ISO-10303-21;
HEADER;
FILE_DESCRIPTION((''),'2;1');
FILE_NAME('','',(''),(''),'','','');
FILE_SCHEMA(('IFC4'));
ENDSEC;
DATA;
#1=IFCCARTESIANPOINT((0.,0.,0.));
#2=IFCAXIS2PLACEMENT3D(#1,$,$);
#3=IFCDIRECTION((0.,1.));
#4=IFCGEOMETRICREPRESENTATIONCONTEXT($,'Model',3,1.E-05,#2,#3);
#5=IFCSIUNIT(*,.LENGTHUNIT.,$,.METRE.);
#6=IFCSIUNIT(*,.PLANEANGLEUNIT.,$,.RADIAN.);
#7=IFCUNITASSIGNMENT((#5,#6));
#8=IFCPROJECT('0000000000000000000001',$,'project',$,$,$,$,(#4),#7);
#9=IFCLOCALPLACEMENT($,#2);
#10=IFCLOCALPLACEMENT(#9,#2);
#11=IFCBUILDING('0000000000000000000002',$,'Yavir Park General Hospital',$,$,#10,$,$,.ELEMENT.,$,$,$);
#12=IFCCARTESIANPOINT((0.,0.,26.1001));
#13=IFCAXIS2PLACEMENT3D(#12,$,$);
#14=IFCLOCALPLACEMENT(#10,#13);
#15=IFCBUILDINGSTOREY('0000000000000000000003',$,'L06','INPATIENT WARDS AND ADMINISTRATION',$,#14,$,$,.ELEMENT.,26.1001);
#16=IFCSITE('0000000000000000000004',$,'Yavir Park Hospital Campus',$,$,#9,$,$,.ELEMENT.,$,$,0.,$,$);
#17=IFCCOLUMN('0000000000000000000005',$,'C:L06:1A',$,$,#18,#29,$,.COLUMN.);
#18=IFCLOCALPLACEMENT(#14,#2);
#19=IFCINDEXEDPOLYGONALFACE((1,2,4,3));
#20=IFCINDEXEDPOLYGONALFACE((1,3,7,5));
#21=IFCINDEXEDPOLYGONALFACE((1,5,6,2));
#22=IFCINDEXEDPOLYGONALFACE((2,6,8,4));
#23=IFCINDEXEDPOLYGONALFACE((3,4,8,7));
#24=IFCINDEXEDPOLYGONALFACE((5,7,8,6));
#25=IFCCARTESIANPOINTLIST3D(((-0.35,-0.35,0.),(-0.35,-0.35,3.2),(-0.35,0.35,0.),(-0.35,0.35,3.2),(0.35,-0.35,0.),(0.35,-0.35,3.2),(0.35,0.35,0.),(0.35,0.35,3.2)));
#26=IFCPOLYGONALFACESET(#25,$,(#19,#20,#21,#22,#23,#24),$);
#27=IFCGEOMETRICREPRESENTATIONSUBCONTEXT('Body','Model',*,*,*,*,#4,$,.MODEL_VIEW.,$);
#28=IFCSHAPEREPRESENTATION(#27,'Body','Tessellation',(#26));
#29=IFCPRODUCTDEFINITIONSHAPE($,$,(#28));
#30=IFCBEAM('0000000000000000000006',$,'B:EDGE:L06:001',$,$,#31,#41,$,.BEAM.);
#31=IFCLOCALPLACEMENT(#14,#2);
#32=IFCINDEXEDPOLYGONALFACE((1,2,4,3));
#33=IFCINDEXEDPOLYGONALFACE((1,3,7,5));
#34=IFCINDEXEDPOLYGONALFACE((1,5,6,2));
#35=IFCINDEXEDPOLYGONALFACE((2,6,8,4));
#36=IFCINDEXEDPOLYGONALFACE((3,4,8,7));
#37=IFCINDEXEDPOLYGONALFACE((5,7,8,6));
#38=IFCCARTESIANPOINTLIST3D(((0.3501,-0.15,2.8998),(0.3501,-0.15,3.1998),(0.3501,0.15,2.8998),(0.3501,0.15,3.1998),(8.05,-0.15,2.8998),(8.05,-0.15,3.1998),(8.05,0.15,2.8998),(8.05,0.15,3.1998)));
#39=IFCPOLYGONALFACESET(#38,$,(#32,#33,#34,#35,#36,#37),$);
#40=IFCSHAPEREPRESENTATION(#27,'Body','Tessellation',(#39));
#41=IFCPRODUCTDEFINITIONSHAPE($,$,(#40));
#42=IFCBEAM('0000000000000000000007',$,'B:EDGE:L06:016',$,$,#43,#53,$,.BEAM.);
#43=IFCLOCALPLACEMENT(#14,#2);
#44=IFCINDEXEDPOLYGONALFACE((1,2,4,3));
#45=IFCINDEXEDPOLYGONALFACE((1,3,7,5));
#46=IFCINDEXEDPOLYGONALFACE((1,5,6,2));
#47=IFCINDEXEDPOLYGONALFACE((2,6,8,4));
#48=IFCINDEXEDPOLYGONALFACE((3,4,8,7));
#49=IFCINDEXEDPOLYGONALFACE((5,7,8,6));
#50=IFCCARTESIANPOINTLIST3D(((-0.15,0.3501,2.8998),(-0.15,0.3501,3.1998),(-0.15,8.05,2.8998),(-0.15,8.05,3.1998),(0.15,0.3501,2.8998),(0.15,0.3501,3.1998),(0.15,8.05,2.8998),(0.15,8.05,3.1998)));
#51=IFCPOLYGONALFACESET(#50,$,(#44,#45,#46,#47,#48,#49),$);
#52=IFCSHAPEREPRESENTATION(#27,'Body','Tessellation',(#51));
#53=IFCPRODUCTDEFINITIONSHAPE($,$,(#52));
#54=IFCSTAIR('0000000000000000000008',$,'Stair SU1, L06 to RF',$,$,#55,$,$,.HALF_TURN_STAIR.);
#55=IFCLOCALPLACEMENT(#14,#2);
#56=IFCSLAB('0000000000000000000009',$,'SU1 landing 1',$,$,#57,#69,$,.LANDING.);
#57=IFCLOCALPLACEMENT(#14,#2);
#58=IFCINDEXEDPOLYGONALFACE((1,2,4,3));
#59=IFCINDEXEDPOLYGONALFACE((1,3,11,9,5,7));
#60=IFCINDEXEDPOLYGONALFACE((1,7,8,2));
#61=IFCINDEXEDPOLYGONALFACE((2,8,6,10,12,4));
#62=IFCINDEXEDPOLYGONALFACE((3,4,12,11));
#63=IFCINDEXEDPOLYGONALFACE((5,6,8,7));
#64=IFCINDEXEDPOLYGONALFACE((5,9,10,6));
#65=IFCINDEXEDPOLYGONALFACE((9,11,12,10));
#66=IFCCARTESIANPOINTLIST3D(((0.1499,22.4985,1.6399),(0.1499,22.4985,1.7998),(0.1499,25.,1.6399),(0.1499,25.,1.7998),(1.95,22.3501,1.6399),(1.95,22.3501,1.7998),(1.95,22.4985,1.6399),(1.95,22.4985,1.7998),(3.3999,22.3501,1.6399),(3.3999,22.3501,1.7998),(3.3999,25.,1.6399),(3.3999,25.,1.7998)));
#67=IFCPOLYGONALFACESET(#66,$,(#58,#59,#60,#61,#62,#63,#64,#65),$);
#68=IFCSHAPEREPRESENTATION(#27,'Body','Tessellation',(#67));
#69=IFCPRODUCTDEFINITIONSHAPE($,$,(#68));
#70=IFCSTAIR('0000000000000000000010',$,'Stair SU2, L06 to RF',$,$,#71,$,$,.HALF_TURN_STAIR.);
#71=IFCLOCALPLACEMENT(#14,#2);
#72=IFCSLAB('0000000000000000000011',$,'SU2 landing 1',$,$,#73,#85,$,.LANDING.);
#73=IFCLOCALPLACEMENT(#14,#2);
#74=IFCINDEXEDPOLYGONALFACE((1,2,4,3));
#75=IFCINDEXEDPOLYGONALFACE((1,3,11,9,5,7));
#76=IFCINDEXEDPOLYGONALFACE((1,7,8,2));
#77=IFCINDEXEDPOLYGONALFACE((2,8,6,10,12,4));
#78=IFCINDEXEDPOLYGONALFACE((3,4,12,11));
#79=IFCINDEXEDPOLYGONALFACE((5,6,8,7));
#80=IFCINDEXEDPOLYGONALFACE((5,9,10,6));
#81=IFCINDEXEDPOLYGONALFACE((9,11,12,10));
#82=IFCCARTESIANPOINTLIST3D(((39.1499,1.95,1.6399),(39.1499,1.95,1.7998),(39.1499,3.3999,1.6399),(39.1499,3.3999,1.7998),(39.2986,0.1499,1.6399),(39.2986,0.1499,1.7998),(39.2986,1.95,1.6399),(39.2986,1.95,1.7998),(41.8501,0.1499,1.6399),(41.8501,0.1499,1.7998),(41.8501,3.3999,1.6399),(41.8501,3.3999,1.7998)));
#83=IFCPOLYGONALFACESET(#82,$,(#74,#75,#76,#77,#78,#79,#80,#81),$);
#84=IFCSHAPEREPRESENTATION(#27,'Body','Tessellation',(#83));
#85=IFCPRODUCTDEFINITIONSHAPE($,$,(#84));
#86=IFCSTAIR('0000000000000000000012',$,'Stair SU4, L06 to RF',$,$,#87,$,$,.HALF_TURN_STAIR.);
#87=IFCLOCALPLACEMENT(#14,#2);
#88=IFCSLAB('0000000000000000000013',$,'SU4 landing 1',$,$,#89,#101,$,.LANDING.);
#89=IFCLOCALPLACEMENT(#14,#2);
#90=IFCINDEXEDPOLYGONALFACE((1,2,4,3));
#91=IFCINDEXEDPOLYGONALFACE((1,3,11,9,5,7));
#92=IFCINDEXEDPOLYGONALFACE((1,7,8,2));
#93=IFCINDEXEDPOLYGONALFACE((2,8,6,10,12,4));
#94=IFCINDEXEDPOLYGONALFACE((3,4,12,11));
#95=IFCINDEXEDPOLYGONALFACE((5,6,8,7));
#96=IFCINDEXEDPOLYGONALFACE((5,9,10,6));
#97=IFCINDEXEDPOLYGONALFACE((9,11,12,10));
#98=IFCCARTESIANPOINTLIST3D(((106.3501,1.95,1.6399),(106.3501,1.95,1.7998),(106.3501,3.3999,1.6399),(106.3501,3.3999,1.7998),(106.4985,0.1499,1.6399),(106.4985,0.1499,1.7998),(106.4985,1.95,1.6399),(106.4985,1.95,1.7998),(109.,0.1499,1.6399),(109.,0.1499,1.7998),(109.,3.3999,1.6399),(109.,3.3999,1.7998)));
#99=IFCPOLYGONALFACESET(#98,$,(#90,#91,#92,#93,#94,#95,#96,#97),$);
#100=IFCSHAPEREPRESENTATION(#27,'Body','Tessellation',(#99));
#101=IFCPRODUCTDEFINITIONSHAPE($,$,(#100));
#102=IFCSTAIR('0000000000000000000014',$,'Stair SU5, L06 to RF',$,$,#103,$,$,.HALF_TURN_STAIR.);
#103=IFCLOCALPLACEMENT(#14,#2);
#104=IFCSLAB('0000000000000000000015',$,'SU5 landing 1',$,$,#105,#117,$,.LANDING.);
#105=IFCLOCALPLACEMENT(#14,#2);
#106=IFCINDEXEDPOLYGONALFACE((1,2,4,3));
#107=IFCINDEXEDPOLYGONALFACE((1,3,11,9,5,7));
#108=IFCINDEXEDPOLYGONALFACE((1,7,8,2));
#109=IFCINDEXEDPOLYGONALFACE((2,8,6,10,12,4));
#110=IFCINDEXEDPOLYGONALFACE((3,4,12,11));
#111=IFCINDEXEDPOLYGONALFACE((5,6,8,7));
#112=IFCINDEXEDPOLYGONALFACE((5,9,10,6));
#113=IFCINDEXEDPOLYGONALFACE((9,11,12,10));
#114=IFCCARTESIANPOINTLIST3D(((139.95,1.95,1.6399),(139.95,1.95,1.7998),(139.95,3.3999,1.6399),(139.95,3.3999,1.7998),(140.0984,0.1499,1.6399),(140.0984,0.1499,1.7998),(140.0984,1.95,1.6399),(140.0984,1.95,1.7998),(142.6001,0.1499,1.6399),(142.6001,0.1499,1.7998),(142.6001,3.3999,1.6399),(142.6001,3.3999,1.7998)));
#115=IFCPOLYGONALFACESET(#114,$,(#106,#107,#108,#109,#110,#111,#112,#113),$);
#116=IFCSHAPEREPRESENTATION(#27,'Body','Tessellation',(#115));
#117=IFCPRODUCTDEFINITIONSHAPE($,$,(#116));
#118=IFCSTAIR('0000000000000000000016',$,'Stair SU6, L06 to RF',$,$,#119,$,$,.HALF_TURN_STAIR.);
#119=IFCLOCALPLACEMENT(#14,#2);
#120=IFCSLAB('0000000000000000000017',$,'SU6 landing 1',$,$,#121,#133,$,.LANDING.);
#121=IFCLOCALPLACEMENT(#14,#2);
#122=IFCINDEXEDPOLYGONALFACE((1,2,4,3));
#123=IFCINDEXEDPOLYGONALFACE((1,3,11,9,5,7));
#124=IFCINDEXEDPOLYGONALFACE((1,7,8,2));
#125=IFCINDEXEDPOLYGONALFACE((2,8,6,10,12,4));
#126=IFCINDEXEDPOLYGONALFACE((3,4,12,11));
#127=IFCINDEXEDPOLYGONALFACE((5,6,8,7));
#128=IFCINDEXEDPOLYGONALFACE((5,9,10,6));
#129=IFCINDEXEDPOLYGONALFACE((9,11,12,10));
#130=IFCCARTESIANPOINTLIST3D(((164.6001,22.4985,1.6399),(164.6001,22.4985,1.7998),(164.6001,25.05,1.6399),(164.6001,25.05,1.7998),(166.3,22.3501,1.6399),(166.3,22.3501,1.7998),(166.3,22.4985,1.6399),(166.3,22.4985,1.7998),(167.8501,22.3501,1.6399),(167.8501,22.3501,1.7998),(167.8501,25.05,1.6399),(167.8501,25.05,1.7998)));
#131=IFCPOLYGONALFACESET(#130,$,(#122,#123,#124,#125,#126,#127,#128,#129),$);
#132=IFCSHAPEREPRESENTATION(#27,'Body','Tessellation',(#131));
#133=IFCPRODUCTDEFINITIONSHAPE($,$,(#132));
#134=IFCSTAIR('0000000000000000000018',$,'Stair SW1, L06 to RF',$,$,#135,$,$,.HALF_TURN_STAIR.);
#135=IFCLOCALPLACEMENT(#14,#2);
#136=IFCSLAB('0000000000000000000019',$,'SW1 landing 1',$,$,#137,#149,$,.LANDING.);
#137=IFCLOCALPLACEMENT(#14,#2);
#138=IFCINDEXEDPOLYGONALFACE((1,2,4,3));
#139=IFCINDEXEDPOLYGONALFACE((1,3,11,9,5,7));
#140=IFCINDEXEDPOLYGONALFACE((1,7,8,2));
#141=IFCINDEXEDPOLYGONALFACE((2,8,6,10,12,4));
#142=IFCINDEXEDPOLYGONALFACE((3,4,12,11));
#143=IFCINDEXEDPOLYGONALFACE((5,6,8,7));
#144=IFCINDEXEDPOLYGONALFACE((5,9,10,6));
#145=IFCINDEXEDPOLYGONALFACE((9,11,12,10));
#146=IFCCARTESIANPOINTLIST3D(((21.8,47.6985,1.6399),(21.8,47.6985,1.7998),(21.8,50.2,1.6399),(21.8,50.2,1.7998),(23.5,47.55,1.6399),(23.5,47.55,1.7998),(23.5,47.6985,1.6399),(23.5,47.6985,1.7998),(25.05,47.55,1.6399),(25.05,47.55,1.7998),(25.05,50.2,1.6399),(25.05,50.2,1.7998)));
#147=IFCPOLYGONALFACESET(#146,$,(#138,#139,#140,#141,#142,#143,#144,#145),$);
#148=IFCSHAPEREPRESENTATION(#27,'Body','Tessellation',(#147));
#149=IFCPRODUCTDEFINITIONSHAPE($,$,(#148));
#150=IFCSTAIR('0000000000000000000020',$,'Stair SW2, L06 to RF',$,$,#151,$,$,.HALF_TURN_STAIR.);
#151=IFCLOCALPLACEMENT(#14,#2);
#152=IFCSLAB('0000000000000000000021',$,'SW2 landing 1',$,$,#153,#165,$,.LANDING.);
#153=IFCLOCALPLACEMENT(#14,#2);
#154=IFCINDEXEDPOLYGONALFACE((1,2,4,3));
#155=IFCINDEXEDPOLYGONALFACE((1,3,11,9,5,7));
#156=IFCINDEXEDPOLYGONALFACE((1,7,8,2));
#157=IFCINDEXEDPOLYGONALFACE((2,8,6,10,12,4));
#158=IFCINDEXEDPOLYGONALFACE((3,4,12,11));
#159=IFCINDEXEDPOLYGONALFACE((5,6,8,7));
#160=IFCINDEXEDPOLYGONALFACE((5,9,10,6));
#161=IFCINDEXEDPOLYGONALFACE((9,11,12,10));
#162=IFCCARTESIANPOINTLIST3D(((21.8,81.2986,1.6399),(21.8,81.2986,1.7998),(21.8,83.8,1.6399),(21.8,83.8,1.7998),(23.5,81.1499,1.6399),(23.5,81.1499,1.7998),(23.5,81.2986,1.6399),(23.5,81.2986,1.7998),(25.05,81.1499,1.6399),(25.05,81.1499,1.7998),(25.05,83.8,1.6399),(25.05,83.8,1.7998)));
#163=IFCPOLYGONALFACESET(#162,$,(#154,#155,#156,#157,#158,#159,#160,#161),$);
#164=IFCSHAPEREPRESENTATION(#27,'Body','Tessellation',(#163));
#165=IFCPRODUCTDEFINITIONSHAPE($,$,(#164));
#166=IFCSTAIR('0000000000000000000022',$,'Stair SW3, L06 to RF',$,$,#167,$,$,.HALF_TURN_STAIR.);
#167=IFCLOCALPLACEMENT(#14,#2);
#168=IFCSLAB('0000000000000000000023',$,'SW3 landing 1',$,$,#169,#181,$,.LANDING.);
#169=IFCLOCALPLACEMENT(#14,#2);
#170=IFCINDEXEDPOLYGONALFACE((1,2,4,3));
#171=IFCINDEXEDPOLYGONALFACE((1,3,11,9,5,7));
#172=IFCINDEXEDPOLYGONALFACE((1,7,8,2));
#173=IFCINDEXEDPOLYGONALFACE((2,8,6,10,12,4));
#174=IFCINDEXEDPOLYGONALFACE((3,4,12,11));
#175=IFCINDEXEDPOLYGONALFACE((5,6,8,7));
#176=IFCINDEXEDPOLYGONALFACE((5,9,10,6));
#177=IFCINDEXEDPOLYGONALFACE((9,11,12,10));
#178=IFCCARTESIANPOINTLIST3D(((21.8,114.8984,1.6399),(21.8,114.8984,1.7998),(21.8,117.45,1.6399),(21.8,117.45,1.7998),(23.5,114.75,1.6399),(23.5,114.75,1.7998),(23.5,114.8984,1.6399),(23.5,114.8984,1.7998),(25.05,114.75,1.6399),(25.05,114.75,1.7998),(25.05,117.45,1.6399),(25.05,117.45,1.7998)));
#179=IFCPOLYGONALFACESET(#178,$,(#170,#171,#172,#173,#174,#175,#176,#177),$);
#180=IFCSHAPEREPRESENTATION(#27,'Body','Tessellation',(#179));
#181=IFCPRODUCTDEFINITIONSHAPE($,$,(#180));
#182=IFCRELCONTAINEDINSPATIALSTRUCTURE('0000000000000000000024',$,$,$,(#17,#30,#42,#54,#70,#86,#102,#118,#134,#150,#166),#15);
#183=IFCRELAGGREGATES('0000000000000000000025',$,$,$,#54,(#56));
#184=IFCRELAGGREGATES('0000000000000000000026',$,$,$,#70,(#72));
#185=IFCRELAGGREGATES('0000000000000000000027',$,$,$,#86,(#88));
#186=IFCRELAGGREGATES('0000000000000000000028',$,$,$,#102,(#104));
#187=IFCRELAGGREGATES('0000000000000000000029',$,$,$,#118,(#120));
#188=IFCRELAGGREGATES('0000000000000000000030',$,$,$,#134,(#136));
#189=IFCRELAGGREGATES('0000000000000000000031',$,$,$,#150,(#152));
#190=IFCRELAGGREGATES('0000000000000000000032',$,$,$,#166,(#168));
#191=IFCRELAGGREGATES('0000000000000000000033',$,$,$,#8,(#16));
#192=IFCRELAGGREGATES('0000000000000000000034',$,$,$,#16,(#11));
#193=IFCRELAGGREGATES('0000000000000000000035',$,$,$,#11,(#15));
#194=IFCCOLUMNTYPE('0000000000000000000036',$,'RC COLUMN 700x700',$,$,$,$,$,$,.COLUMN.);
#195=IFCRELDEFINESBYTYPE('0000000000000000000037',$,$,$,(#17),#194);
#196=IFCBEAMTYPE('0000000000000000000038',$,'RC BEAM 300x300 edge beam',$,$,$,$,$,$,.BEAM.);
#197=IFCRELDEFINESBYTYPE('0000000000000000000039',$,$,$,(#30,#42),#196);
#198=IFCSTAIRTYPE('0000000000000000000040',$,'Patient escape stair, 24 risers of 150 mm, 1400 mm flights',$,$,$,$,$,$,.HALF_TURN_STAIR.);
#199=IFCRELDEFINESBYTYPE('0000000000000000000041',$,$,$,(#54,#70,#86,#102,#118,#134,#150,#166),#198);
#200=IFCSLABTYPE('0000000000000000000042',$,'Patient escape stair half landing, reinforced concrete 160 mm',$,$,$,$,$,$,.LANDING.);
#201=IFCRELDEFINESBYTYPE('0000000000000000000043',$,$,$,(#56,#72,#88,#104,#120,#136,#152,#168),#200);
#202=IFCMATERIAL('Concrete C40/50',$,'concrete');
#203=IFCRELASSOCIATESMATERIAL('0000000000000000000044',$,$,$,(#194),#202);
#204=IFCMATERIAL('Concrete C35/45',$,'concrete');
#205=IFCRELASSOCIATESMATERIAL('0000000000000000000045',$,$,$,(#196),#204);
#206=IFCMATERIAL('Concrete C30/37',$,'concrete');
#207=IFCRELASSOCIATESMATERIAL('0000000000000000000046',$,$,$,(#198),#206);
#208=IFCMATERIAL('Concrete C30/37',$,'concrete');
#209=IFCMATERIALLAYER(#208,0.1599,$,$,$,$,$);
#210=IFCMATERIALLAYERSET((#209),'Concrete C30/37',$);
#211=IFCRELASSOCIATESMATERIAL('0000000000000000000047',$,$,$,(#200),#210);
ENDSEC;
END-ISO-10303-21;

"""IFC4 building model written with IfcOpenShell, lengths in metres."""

from ifc_helpers import new_model, si_unit, direction, frame, origin, origin_with_axes, origin_2d, place, context, subcontext, project, spatial, polyline, rectangle, outline, extrude, material, layer, layer_set, material_profile, profile_set, type_object, element, aggregate, save


model = new_model("IFC4")

# Units and contexts
model_context = context("Model", 3, precision=1e-05, world=origin(), true_north=direction((0.0, 1.0)))
body_context = subcontext(model_context, "Body", "Model", "MODEL_VIEW")
ifc_project = project(units=[si_unit("LENGTHUNIT", "METRE"), si_unit("PLANEANGLEUNIT", "RADIAN")], contexts=[model_context])

# Site, building, storey
site_placement = place(None, origin())
site = spatial("IfcSite", under=ifc_project, at=site_placement, Name="Yavir Park Hospital Campus", CompositionType="ELEMENT", RefElevation=0.0)
building_placement = place(site_placement, origin())
building = spatial("IfcBuilding", under=site, at=building_placement, Name="Yavir Park General Hospital", CompositionType="ELEMENT")
storey_placement = place(building_placement, frame((0.0, 0.0, 26.1001)))
storey = spatial("IfcBuildingStorey", under=building, at=storey_placement, Name="L06", Description="INPATIENT WARDS AND ADMINISTRATION", CompositionType="ELEMENT", Elevation=26.1001)

# Column
ifc_material_1 = material(Name="Concrete C40/50", Category="concrete")
ifc_material_profile_1 = material_profile(ifc_material_1, rectangle(XDim=0.7, YDim=0.7, at=origin_2d()), Name="RC700x700")
ifc_profile_set_1 = profile_set([ifc_material_profile_1], Name="Concrete C40/50")
column_type = type_object("IfcColumnType", Name="RC COLUMN 700x700", PredefinedType="COLUMN", material=ifc_profile_set_1)
column_placement = place(storey_placement, origin_with_axes())
element("IfcColumn", 1, at=column_placement, inside=storey, type_object=column_type, Name="C:L06:1A", PredefinedType="COLUMN", context=body_context, shape_type="SweptSolid", body=[
    extrude(rectangle(XDim=0.7, YDim=0.7, at=origin_2d()), origin(), (0.0, 0.0, 1.0), 3.2),
])

# Beams
ifc_material_2 = material(Name="Concrete C35/45", Category="concrete")
ifc_material_profile_2 = material_profile(ifc_material_2, rectangle(XDim=0.3, YDim=0.3, at=origin_2d()), Name="RC300x300")
ifc_profile_set_2 = profile_set([ifc_material_profile_2], Name="Concrete C35/45")
beam_type = type_object("IfcBeamType", Name="RC BEAM 300x300 edge beam", PredefinedType="BEAM", material=ifc_profile_set_2)
for number, where, z_axis, x_axis, name in (
    (2, (0.3501, 0.0, 3.0498), (1.0, 0.0, 0.0), (0.0, 1.0, 0.0), "B:EDGE:L06:001"),
    (3, (0.0, 0.3501, 3.0498), (0.0, 1.0, 0.0), (-1.0, 0.0, 0.0), "B:EDGE:L06:016"),
):
    element("IfcBeam", number, at=place(storey_placement, frame(where, z_axis=z_axis, x_axis=x_axis)), inside=storey, type_object=beam_type, Name=name, PredefinedType="BEAM", context=body_context, shape_type="SweptSolid", body=[
        extrude(rectangle(XDim=0.3, YDim=0.3, at=origin_2d()), origin(), (0.0, 0.0, 1.0), 7.7),
    ])

# Stairs, slabs
ifc_material_3 = material(Name="Concrete C30/37", Category="concrete")
stair_type = type_object("IfcStairType", Name="Patient escape stair, 24 risers of 150 mm, 1400 mm flights", PredefinedType="HALF_TURN_STAIR", material=ifc_material_3)
stair_1_placement = place(storey_placement, origin())
stair_1 = element("IfcStair", 4, at=stair_1_placement, inside=storey, type_object=stair_type, Name="Stair SU1, L06 to RF", PredefinedType="HALF_TURN_STAIR")
ifc_material_4 = material(Name="Concrete C30/37", Category="concrete")
ifc_layer_1 = layer(ifc_material_4, 0.1599)
ifc_layer_set_1 = layer_set([ifc_layer_1], Name="Concrete C30/37")
slab_type_1 = type_object("IfcSlabType", Name="Patient escape stair half landing, reinforced concrete 160 mm", PredefinedType="LANDING", material=ifc_layer_set_1)
slab_1_placement = place(storey_placement, frame((0.0, 0.0, 1.6399)))
slab_1 = element("IfcSlab", 5, at=slab_1_placement, type_object=slab_type_1, Name="SU1 landing 1", PredefinedType="LANDING", context=body_context, shape_type="SweptSolid", body=[
    extrude(outline(polyline([(0.1499, 22.4985), (0.1499, 25.0), (3.3999, 25.0), (3.3999, 22.3501), (1.95, 22.3501), (1.95, 22.4985), (0.1499, 22.4985)])), origin(), (0.0, 0.0, 1.0), 0.1599),
])
aggregate(stair_1, [slab_1])
stair_2_placement = place(storey_placement, origin())
stair_2 = element("IfcStair", 6, at=stair_2_placement, inside=storey, type_object=stair_type, Name="Stair SU2, L06 to RF", PredefinedType="HALF_TURN_STAIR")
slab_2_placement = place(storey_placement, frame((0.0, 0.0, 1.6399)))
slab_2 = element("IfcSlab", 7, at=slab_2_placement, type_object=slab_type_1, Name="SU2 landing 1", PredefinedType="LANDING", context=body_context, shape_type="SweptSolid", body=[
    extrude(outline(polyline([(39.2986, 0.1499), (41.8501, 0.1499), (41.8501, 3.3999), (39.1499, 3.3999), (39.1499, 1.95), (39.2986, 1.95), (39.2986, 0.1499)])), origin(), (0.0, 0.0, 1.0), 0.1599),
])
aggregate(stair_2, [slab_2])
stair_3_placement = place(storey_placement, origin())
stair_3 = element("IfcStair", 8, at=stair_3_placement, inside=storey, type_object=stair_type, Name="Stair SU4, L06 to RF", PredefinedType="HALF_TURN_STAIR")
slab_3_placement = place(storey_placement, frame((0.0, 0.0, 1.6399)))
slab_3 = element("IfcSlab", 9, at=slab_3_placement, type_object=slab_type_1, Name="SU4 landing 1", PredefinedType="LANDING", context=body_context, shape_type="SweptSolid", body=[
    extrude(outline(polyline([(106.4985, 0.1499), (109.0, 0.1499), (109.0, 3.3999), (106.3501, 3.3999), (106.3501, 1.95), (106.4985, 1.95), (106.4985, 0.1499)])), origin(), (0.0, 0.0, 1.0), 0.1599),
])
aggregate(stair_3, [slab_3])
stair_4_placement = place(storey_placement, origin())
stair_4 = element("IfcStair", 10, at=stair_4_placement, inside=storey, type_object=stair_type, Name="Stair SU5, L06 to RF", PredefinedType="HALF_TURN_STAIR")
slab_4_placement = place(storey_placement, frame((0.0, 0.0, 1.6399)))
slab_4 = element("IfcSlab", 11, at=slab_4_placement, type_object=slab_type_1, Name="SU5 landing 1", PredefinedType="LANDING", context=body_context, shape_type="SweptSolid", body=[
    extrude(outline(polyline([(140.0984, 0.1499), (142.6001, 0.1499), (142.6001, 3.3999), (139.95, 3.3999), (139.95, 1.95), (140.0984, 1.95), (140.0984, 0.1499)])), origin(), (0.0, 0.0, 1.0), 0.1599),
])
aggregate(stair_4, [slab_4])
stair_5_placement = place(storey_placement, origin())
stair_5 = element("IfcStair", 12, at=stair_5_placement, inside=storey, type_object=stair_type, Name="Stair SU6, L06 to RF", PredefinedType="HALF_TURN_STAIR")
slab_5_placement = place(storey_placement, frame((0.0, 0.0, 1.6399)))
slab_5 = element("IfcSlab", 13, at=slab_5_placement, type_object=slab_type_1, Name="SU6 landing 1", PredefinedType="LANDING", context=body_context, shape_type="SweptSolid", body=[
    extrude(outline(polyline([(164.6001, 22.4985), (164.6001, 25.05), (167.8501, 25.05), (167.8501, 22.3501), (166.3, 22.3501), (166.3, 22.4985), (164.6001, 22.4985)])), origin(), (0.0, 0.0, 1.0), 0.1599),
])
aggregate(stair_5, [slab_5])
stair_6_placement = place(storey_placement, origin())
stair_6 = element("IfcStair", 14, at=stair_6_placement, inside=storey, type_object=stair_type, Name="Stair SW1, L06 to RF", PredefinedType="HALF_TURN_STAIR")
slab_6_placement = place(storey_placement, frame((0.0, 0.0, 1.6399)))
slab_6 = element("IfcSlab", 15, at=slab_6_placement, type_object=slab_type_1, Name="SW1 landing 1", PredefinedType="LANDING", context=body_context, shape_type="SweptSolid", body=[
    extrude(outline(polyline([(21.8, 47.6985), (21.8, 50.2), (25.05, 50.2), (25.05, 47.55), (23.5, 47.55), (23.5, 47.6985), (21.8, 47.6985)])), origin(), (0.0, 0.0, 1.0), 0.1599),
])
aggregate(stair_6, [slab_6])
stair_7_placement = place(storey_placement, origin())
stair_7 = element("IfcStair", 16, at=stair_7_placement, inside=storey, type_object=stair_type, Name="Stair SW2, L06 to RF", PredefinedType="HALF_TURN_STAIR")
slab_7_placement = place(storey_placement, frame((0.0, 0.0, 1.6399)))
slab_7 = element("IfcSlab", 17, at=slab_7_placement, type_object=slab_type_1, Name="SW2 landing 1", PredefinedType="LANDING", context=body_context, shape_type="SweptSolid", body=[
    extrude(outline(polyline([(21.8, 81.2986), (21.8, 83.8), (25.05, 83.8), (25.05, 81.1499), (23.5, 81.1499), (23.5, 81.2986), (21.8, 81.2986)])), origin(), (0.0, 0.0, 1.0), 0.1599),
])
aggregate(stair_7, [slab_7])
stair_8_placement = place(storey_placement, origin())
stair_8 = element("IfcStair", 18, at=stair_8_placement, inside=storey, type_object=stair_type, Name="Stair SW3, L06 to RF", PredefinedType="HALF_TURN_STAIR")
slab_8_placement = place(storey_placement, frame((0.0, 0.0, 1.6399)))
slab_8 = element("IfcSlab", 19, at=slab_8_placement, type_object=slab_type_1, Name="SW3 landing 1", PredefinedType="LANDING", context=body_context, shape_type="SweptSolid", body=[
    extrude(outline(polyline([(21.8, 114.8984), (21.8, 117.45), (25.05, 117.45), (25.05, 114.75), (23.5, 114.75), (23.5, 114.8984), (21.8, 114.8984)])), origin(), (0.0, 0.0, 1.0), 0.1599),
])
aggregate(stair_8, [slab_8])

save(model, "model.ifc")
